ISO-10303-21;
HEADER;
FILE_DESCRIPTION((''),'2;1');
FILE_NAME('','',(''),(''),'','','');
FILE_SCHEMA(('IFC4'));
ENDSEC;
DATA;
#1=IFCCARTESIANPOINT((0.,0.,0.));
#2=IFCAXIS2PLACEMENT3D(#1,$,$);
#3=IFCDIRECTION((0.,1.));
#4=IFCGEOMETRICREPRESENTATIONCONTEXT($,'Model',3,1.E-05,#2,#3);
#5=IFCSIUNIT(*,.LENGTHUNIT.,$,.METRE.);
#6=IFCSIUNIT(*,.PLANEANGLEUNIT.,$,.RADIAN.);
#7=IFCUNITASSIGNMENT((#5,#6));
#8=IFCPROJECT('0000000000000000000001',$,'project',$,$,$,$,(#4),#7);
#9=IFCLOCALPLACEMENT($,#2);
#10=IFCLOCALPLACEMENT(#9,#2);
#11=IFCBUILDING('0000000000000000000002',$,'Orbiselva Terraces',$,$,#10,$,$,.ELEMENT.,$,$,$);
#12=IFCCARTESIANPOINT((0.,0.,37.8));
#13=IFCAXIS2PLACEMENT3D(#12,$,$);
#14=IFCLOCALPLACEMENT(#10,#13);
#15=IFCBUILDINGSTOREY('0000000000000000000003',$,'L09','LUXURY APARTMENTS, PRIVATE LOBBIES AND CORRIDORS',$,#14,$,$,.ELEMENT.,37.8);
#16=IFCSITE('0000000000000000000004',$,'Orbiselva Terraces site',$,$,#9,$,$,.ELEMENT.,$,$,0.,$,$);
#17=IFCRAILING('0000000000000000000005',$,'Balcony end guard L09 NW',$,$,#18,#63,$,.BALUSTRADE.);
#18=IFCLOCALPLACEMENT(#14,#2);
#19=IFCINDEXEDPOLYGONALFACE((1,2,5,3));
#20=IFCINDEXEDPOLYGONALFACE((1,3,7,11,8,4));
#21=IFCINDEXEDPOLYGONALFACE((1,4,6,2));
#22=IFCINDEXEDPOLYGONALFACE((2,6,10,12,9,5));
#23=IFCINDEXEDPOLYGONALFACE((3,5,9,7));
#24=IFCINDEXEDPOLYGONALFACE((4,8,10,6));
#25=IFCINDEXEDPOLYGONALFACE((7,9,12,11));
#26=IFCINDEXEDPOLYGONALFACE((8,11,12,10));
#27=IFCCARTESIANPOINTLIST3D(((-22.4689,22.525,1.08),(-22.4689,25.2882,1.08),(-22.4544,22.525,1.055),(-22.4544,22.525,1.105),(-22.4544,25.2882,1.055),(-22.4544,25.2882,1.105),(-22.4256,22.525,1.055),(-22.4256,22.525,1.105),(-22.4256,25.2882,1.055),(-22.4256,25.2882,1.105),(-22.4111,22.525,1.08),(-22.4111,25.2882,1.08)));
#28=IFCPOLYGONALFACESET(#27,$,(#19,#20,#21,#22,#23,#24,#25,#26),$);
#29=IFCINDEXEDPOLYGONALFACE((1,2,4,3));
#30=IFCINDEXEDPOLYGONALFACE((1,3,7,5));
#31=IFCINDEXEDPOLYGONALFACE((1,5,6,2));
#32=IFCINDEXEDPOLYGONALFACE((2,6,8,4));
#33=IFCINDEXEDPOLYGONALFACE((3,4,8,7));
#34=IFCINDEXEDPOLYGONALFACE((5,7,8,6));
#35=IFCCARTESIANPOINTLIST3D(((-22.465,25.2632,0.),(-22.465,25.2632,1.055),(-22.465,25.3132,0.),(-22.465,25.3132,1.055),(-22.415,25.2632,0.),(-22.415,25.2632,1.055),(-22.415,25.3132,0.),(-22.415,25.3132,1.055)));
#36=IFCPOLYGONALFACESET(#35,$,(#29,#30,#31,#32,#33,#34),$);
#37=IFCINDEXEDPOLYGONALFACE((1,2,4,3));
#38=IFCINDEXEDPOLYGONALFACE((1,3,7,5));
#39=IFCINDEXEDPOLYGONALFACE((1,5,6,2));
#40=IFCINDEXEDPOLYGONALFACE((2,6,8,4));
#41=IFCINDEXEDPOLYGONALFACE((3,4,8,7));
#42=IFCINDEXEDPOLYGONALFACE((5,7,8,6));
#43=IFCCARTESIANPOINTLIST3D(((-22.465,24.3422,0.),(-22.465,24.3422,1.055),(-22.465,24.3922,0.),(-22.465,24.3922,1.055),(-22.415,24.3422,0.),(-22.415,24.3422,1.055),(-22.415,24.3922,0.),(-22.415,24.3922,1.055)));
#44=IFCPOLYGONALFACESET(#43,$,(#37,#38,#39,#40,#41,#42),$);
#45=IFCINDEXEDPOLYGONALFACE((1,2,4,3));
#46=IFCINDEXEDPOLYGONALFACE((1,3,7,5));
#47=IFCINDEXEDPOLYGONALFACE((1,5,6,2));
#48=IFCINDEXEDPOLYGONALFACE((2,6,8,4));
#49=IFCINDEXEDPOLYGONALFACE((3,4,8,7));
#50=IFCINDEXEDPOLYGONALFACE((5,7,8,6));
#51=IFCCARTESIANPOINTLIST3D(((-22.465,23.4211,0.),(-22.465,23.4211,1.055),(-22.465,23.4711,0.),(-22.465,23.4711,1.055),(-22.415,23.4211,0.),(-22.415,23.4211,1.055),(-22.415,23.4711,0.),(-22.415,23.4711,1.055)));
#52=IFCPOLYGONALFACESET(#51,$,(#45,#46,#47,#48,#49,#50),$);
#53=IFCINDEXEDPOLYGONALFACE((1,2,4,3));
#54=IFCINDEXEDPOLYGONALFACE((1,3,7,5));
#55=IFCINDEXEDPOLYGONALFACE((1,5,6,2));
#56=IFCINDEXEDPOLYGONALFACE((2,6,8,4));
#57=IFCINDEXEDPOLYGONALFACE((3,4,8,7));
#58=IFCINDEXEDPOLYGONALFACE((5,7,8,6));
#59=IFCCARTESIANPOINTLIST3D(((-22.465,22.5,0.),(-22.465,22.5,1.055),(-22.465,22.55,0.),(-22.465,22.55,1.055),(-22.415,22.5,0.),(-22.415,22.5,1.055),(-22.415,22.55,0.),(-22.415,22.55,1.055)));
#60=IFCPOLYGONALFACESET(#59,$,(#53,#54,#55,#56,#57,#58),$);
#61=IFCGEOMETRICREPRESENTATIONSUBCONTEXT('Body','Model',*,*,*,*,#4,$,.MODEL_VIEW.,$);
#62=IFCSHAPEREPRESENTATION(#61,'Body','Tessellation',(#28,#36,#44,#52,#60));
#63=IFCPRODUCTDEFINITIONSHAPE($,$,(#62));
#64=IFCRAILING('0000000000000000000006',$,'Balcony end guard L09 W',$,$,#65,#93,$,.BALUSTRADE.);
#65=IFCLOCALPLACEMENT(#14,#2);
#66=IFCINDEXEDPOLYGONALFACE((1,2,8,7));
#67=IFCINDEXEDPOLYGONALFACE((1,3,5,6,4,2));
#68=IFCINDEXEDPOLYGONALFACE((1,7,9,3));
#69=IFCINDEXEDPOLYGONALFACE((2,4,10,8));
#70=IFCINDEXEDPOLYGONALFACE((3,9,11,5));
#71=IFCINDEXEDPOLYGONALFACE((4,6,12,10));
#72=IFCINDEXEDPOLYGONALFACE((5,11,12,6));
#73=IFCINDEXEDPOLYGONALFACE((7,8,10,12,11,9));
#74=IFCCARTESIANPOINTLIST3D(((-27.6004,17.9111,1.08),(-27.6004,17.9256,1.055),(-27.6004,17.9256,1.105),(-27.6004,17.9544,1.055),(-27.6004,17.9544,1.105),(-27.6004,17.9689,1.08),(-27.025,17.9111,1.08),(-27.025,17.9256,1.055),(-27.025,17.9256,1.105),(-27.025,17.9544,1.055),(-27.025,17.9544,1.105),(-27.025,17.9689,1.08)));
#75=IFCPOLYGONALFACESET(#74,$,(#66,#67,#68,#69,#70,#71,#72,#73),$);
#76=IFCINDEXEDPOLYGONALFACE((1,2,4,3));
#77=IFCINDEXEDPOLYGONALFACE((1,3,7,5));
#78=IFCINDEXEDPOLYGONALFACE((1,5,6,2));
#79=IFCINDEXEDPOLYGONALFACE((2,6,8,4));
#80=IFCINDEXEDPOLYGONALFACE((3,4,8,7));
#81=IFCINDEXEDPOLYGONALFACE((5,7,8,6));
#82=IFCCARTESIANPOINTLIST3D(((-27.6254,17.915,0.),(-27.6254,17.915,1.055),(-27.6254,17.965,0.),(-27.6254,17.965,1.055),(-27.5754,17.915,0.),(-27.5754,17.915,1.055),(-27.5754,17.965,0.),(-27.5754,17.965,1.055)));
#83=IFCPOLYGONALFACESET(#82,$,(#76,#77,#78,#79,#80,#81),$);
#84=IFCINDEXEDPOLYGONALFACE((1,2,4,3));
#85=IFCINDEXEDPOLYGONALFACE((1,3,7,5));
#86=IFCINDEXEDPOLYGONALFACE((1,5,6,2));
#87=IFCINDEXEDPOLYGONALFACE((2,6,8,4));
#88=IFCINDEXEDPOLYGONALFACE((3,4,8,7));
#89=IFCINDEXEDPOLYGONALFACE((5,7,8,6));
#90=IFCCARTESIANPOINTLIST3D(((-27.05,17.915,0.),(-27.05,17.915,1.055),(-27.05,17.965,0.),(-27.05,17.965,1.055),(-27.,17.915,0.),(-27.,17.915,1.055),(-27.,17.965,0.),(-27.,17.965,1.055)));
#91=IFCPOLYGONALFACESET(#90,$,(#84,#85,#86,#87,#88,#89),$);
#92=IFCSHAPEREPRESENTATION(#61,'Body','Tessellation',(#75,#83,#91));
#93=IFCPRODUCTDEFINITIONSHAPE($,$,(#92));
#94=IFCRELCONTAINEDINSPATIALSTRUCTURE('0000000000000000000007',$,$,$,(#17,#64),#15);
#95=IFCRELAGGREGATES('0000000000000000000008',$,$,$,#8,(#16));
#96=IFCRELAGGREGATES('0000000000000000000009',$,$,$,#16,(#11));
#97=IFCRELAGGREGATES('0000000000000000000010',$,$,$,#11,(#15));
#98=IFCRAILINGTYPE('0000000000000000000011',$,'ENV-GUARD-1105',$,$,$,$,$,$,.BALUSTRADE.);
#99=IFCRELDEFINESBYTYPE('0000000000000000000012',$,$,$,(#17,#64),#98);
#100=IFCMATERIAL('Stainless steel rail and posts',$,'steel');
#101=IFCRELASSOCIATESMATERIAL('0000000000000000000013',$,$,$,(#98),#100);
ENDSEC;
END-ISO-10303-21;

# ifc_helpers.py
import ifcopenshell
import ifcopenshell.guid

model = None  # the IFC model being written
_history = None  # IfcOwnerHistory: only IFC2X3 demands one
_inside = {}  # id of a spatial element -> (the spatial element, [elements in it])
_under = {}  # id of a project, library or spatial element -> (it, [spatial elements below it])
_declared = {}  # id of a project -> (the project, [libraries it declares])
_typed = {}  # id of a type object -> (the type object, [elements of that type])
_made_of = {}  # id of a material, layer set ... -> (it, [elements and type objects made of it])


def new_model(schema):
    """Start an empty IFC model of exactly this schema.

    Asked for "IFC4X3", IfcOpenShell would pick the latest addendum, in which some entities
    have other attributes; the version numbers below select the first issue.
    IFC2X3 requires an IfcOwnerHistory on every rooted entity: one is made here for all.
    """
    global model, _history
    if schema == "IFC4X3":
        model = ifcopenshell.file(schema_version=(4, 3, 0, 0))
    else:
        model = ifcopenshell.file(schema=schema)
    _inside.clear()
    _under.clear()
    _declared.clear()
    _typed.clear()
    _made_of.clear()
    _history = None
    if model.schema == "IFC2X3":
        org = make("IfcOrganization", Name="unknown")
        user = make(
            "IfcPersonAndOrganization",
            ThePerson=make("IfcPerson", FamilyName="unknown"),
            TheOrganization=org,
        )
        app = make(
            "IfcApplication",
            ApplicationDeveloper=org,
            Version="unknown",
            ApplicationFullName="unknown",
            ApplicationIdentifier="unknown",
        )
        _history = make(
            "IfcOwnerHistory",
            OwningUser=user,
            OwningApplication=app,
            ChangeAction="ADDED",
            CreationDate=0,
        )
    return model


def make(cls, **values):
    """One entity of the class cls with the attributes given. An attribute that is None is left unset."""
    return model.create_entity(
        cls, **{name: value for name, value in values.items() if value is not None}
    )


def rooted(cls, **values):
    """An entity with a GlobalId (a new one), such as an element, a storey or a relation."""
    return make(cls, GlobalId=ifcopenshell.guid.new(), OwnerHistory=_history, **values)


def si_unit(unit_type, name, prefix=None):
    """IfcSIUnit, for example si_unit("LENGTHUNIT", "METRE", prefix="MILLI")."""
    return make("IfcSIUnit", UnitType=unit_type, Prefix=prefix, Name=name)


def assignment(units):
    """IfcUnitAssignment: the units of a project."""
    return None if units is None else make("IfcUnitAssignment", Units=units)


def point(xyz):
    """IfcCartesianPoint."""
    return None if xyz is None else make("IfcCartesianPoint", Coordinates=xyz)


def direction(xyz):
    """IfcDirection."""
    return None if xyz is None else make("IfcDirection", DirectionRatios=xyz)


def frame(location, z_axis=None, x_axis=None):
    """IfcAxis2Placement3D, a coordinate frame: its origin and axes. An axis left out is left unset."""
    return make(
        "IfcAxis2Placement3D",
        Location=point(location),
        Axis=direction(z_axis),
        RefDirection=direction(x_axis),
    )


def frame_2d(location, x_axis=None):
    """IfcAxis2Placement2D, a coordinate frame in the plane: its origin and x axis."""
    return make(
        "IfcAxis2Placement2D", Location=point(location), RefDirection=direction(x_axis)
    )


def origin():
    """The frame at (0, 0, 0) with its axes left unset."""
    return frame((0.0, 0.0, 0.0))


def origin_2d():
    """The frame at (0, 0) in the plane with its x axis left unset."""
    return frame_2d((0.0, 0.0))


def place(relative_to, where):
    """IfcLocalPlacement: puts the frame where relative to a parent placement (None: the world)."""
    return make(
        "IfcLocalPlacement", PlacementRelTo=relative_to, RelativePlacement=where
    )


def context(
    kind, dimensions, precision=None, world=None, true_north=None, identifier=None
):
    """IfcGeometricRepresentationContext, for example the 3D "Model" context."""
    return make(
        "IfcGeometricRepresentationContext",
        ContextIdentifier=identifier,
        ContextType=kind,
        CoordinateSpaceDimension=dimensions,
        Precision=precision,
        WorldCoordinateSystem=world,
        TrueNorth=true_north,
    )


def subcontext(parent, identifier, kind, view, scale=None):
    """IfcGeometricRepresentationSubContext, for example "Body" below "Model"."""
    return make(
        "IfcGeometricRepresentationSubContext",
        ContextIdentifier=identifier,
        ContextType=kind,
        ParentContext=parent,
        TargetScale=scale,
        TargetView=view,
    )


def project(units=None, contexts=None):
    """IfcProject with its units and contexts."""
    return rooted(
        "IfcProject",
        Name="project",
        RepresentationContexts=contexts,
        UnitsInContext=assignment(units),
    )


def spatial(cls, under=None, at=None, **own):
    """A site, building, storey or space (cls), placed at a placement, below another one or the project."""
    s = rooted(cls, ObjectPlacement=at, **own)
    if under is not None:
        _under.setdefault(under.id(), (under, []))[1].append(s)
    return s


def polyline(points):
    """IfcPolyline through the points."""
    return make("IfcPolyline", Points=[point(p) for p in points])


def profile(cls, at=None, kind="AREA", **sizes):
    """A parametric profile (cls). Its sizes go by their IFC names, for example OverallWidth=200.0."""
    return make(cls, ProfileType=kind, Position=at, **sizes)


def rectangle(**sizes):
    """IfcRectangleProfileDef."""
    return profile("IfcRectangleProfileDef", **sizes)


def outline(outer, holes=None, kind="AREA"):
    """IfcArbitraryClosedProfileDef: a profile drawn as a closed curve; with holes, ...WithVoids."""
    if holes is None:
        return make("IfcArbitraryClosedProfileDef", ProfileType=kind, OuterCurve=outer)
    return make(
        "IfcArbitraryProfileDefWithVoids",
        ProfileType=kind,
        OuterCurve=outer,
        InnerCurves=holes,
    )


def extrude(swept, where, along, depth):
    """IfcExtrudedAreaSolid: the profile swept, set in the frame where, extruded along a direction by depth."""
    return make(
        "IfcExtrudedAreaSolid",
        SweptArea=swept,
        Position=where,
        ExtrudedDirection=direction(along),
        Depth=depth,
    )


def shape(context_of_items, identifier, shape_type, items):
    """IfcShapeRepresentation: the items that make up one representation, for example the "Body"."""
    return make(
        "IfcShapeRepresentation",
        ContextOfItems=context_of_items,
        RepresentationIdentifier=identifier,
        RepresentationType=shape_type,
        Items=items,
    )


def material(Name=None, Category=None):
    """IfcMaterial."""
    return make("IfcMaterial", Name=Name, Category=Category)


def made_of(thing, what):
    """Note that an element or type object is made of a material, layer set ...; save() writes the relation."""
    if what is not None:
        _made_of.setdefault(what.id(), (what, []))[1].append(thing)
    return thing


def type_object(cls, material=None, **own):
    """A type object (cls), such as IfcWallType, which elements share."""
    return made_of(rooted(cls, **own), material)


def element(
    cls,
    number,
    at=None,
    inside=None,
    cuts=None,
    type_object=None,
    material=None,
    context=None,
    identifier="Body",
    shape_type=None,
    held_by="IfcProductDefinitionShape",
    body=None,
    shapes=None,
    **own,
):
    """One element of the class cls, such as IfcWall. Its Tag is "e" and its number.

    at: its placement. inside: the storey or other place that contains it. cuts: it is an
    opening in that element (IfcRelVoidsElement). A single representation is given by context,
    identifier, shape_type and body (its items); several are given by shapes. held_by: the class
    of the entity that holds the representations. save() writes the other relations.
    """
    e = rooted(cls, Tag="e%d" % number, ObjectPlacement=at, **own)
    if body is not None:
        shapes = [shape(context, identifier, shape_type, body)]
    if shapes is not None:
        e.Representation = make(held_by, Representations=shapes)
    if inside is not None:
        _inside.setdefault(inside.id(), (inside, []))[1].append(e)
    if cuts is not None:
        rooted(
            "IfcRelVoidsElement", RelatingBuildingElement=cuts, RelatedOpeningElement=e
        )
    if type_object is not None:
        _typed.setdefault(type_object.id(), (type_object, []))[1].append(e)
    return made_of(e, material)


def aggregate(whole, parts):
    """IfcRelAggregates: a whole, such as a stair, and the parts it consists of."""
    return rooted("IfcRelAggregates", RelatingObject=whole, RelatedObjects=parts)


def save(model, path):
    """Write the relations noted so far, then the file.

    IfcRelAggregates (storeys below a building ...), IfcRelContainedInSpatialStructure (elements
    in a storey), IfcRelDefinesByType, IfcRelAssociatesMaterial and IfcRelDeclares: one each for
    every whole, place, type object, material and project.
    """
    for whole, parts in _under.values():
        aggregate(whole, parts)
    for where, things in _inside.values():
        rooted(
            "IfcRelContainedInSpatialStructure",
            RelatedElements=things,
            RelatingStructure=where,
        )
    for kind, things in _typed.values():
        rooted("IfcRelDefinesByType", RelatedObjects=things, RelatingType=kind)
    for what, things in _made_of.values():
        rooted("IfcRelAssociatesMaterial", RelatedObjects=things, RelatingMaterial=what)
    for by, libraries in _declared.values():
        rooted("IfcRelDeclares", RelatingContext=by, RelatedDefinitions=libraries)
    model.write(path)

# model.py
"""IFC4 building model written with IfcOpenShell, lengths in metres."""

from ifc_helpers import new_model, si_unit, direction, frame, origin, origin_2d, place, context, subcontext, project, spatial, polyline, rectangle, outline, extrude, material, type_object, element, save


model = new_model("IFC4")

# Units and contexts
model_context = context("Model", 3, precision=1e-05, world=origin(), true_north=direction((0.0, 1.0)))
body_context = subcontext(model_context, "Body", "Model", "MODEL_VIEW")
ifc_project = project(units=[si_unit("LENGTHUNIT", "METRE"), si_unit("PLANEANGLEUNIT", "RADIAN")], contexts=[model_context])

# Site, building, storey
site_placement = place(None, origin())
site = spatial("IfcSite", under=ifc_project, at=site_placement, Name="Orbiselva Terraces site", CompositionType="ELEMENT", RefElevation=0.0)
building_placement = place(site_placement, origin())
building = spatial("IfcBuilding", under=site, at=building_placement, Name="Orbiselva Terraces", CompositionType="ELEMENT")
storey_placement = place(building_placement, frame((0.0, 0.0, 37.8)))
storey = spatial("IfcBuildingStorey", under=building, at=storey_placement, Name="L09", Description="LUXURY APARTMENTS, PRIVATE LOBBIES AND CORRIDORS", CompositionType="ELEMENT", Elevation=37.8)

# Railings
ifc_material_1 = material(Name="Stainless steel rail and posts", Category="steel")
railing_type_1 = type_object("IfcRailingType", Name="ENV-GUARD-1105", PredefinedType="BALUSTRADE", material=ifc_material_1)
railing_1_placement = place(storey_placement, frame((-22.44, 25.2882, 0.0)))
element("IfcRailing", 1, at=railing_1_placement, inside=storey, type_object=railing_type_1, Name="Balcony end guard L09 NW", PredefinedType="BALUSTRADE", context=body_context, shape_type="SweptSolid", body=[
    extrude(outline(polyline([(0.0289, 0.0), (0.0144, 0.025), (-0.0144, 0.025), (-0.0289, 0.0), (-0.0144, -0.025), (0.0144, -0.025), (0.0289, 0.0)])), frame((0.0, 0.0, 1.08), z_axis=(0.0, -1.0, 0.0), x_axis=(1.0, 0.0, 0.0)), (0.0, 0.0, 1.0), 2.7632),
    extrude(rectangle(XDim=0.05, YDim=0.05, at=origin_2d()), origin(), (0.0, 0.0, 1.0), 1.055),
    extrude(rectangle(XDim=0.05, YDim=0.05, at=origin_2d()), frame((0.0, -0.9211, 0.0)), (0.0, 0.0, 1.0), 1.055),
    extrude(rectangle(XDim=0.05, YDim=0.05, at=origin_2d()), frame((0.0, -1.8422, 0.0)), (0.0, 0.0, 1.0), 1.055),
    extrude(rectangle(XDim=0.05, YDim=0.05, at=origin_2d()), frame((0.0, -2.7632, 0.0)), (0.0, 0.0, 1.0), 1.055),
])
railing_2_placement = place(storey_placement, frame((-27.6004, 17.94, 0.0)))
element("IfcRailing", 2, at=railing_2_placement, inside=storey, type_object=railing_type_1, Name="Balcony end guard L09 W", PredefinedType="BALUSTRADE", context=body_context, shape_type="SweptSolid", body=[
    extrude(outline(polyline([(0.0289, 0.0), (0.0144, 0.025), (-0.0144, 0.025), (-0.0289, 0.0), (-0.0144, -0.025), (0.0144, -0.025), (0.0289, 0.0)])), frame((0.0, 0.0, 1.08), z_axis=(1.0, 0.0, 0.0), x_axis=(0.0, 1.0, 0.0)), (0.0, 0.0, 1.0), 0.5754),
    extrude(rectangle(XDim=0.05, YDim=0.05, at=origin_2d()), origin(), (0.0, 0.0, 1.0), 1.055),
    extrude(rectangle(XDim=0.05, YDim=0.05, at=origin_2d()), frame((0.5754, 0.0, 0.0)), (0.0, 0.0, 1.0), 1.055),
])

save(model, "model.ifc")
